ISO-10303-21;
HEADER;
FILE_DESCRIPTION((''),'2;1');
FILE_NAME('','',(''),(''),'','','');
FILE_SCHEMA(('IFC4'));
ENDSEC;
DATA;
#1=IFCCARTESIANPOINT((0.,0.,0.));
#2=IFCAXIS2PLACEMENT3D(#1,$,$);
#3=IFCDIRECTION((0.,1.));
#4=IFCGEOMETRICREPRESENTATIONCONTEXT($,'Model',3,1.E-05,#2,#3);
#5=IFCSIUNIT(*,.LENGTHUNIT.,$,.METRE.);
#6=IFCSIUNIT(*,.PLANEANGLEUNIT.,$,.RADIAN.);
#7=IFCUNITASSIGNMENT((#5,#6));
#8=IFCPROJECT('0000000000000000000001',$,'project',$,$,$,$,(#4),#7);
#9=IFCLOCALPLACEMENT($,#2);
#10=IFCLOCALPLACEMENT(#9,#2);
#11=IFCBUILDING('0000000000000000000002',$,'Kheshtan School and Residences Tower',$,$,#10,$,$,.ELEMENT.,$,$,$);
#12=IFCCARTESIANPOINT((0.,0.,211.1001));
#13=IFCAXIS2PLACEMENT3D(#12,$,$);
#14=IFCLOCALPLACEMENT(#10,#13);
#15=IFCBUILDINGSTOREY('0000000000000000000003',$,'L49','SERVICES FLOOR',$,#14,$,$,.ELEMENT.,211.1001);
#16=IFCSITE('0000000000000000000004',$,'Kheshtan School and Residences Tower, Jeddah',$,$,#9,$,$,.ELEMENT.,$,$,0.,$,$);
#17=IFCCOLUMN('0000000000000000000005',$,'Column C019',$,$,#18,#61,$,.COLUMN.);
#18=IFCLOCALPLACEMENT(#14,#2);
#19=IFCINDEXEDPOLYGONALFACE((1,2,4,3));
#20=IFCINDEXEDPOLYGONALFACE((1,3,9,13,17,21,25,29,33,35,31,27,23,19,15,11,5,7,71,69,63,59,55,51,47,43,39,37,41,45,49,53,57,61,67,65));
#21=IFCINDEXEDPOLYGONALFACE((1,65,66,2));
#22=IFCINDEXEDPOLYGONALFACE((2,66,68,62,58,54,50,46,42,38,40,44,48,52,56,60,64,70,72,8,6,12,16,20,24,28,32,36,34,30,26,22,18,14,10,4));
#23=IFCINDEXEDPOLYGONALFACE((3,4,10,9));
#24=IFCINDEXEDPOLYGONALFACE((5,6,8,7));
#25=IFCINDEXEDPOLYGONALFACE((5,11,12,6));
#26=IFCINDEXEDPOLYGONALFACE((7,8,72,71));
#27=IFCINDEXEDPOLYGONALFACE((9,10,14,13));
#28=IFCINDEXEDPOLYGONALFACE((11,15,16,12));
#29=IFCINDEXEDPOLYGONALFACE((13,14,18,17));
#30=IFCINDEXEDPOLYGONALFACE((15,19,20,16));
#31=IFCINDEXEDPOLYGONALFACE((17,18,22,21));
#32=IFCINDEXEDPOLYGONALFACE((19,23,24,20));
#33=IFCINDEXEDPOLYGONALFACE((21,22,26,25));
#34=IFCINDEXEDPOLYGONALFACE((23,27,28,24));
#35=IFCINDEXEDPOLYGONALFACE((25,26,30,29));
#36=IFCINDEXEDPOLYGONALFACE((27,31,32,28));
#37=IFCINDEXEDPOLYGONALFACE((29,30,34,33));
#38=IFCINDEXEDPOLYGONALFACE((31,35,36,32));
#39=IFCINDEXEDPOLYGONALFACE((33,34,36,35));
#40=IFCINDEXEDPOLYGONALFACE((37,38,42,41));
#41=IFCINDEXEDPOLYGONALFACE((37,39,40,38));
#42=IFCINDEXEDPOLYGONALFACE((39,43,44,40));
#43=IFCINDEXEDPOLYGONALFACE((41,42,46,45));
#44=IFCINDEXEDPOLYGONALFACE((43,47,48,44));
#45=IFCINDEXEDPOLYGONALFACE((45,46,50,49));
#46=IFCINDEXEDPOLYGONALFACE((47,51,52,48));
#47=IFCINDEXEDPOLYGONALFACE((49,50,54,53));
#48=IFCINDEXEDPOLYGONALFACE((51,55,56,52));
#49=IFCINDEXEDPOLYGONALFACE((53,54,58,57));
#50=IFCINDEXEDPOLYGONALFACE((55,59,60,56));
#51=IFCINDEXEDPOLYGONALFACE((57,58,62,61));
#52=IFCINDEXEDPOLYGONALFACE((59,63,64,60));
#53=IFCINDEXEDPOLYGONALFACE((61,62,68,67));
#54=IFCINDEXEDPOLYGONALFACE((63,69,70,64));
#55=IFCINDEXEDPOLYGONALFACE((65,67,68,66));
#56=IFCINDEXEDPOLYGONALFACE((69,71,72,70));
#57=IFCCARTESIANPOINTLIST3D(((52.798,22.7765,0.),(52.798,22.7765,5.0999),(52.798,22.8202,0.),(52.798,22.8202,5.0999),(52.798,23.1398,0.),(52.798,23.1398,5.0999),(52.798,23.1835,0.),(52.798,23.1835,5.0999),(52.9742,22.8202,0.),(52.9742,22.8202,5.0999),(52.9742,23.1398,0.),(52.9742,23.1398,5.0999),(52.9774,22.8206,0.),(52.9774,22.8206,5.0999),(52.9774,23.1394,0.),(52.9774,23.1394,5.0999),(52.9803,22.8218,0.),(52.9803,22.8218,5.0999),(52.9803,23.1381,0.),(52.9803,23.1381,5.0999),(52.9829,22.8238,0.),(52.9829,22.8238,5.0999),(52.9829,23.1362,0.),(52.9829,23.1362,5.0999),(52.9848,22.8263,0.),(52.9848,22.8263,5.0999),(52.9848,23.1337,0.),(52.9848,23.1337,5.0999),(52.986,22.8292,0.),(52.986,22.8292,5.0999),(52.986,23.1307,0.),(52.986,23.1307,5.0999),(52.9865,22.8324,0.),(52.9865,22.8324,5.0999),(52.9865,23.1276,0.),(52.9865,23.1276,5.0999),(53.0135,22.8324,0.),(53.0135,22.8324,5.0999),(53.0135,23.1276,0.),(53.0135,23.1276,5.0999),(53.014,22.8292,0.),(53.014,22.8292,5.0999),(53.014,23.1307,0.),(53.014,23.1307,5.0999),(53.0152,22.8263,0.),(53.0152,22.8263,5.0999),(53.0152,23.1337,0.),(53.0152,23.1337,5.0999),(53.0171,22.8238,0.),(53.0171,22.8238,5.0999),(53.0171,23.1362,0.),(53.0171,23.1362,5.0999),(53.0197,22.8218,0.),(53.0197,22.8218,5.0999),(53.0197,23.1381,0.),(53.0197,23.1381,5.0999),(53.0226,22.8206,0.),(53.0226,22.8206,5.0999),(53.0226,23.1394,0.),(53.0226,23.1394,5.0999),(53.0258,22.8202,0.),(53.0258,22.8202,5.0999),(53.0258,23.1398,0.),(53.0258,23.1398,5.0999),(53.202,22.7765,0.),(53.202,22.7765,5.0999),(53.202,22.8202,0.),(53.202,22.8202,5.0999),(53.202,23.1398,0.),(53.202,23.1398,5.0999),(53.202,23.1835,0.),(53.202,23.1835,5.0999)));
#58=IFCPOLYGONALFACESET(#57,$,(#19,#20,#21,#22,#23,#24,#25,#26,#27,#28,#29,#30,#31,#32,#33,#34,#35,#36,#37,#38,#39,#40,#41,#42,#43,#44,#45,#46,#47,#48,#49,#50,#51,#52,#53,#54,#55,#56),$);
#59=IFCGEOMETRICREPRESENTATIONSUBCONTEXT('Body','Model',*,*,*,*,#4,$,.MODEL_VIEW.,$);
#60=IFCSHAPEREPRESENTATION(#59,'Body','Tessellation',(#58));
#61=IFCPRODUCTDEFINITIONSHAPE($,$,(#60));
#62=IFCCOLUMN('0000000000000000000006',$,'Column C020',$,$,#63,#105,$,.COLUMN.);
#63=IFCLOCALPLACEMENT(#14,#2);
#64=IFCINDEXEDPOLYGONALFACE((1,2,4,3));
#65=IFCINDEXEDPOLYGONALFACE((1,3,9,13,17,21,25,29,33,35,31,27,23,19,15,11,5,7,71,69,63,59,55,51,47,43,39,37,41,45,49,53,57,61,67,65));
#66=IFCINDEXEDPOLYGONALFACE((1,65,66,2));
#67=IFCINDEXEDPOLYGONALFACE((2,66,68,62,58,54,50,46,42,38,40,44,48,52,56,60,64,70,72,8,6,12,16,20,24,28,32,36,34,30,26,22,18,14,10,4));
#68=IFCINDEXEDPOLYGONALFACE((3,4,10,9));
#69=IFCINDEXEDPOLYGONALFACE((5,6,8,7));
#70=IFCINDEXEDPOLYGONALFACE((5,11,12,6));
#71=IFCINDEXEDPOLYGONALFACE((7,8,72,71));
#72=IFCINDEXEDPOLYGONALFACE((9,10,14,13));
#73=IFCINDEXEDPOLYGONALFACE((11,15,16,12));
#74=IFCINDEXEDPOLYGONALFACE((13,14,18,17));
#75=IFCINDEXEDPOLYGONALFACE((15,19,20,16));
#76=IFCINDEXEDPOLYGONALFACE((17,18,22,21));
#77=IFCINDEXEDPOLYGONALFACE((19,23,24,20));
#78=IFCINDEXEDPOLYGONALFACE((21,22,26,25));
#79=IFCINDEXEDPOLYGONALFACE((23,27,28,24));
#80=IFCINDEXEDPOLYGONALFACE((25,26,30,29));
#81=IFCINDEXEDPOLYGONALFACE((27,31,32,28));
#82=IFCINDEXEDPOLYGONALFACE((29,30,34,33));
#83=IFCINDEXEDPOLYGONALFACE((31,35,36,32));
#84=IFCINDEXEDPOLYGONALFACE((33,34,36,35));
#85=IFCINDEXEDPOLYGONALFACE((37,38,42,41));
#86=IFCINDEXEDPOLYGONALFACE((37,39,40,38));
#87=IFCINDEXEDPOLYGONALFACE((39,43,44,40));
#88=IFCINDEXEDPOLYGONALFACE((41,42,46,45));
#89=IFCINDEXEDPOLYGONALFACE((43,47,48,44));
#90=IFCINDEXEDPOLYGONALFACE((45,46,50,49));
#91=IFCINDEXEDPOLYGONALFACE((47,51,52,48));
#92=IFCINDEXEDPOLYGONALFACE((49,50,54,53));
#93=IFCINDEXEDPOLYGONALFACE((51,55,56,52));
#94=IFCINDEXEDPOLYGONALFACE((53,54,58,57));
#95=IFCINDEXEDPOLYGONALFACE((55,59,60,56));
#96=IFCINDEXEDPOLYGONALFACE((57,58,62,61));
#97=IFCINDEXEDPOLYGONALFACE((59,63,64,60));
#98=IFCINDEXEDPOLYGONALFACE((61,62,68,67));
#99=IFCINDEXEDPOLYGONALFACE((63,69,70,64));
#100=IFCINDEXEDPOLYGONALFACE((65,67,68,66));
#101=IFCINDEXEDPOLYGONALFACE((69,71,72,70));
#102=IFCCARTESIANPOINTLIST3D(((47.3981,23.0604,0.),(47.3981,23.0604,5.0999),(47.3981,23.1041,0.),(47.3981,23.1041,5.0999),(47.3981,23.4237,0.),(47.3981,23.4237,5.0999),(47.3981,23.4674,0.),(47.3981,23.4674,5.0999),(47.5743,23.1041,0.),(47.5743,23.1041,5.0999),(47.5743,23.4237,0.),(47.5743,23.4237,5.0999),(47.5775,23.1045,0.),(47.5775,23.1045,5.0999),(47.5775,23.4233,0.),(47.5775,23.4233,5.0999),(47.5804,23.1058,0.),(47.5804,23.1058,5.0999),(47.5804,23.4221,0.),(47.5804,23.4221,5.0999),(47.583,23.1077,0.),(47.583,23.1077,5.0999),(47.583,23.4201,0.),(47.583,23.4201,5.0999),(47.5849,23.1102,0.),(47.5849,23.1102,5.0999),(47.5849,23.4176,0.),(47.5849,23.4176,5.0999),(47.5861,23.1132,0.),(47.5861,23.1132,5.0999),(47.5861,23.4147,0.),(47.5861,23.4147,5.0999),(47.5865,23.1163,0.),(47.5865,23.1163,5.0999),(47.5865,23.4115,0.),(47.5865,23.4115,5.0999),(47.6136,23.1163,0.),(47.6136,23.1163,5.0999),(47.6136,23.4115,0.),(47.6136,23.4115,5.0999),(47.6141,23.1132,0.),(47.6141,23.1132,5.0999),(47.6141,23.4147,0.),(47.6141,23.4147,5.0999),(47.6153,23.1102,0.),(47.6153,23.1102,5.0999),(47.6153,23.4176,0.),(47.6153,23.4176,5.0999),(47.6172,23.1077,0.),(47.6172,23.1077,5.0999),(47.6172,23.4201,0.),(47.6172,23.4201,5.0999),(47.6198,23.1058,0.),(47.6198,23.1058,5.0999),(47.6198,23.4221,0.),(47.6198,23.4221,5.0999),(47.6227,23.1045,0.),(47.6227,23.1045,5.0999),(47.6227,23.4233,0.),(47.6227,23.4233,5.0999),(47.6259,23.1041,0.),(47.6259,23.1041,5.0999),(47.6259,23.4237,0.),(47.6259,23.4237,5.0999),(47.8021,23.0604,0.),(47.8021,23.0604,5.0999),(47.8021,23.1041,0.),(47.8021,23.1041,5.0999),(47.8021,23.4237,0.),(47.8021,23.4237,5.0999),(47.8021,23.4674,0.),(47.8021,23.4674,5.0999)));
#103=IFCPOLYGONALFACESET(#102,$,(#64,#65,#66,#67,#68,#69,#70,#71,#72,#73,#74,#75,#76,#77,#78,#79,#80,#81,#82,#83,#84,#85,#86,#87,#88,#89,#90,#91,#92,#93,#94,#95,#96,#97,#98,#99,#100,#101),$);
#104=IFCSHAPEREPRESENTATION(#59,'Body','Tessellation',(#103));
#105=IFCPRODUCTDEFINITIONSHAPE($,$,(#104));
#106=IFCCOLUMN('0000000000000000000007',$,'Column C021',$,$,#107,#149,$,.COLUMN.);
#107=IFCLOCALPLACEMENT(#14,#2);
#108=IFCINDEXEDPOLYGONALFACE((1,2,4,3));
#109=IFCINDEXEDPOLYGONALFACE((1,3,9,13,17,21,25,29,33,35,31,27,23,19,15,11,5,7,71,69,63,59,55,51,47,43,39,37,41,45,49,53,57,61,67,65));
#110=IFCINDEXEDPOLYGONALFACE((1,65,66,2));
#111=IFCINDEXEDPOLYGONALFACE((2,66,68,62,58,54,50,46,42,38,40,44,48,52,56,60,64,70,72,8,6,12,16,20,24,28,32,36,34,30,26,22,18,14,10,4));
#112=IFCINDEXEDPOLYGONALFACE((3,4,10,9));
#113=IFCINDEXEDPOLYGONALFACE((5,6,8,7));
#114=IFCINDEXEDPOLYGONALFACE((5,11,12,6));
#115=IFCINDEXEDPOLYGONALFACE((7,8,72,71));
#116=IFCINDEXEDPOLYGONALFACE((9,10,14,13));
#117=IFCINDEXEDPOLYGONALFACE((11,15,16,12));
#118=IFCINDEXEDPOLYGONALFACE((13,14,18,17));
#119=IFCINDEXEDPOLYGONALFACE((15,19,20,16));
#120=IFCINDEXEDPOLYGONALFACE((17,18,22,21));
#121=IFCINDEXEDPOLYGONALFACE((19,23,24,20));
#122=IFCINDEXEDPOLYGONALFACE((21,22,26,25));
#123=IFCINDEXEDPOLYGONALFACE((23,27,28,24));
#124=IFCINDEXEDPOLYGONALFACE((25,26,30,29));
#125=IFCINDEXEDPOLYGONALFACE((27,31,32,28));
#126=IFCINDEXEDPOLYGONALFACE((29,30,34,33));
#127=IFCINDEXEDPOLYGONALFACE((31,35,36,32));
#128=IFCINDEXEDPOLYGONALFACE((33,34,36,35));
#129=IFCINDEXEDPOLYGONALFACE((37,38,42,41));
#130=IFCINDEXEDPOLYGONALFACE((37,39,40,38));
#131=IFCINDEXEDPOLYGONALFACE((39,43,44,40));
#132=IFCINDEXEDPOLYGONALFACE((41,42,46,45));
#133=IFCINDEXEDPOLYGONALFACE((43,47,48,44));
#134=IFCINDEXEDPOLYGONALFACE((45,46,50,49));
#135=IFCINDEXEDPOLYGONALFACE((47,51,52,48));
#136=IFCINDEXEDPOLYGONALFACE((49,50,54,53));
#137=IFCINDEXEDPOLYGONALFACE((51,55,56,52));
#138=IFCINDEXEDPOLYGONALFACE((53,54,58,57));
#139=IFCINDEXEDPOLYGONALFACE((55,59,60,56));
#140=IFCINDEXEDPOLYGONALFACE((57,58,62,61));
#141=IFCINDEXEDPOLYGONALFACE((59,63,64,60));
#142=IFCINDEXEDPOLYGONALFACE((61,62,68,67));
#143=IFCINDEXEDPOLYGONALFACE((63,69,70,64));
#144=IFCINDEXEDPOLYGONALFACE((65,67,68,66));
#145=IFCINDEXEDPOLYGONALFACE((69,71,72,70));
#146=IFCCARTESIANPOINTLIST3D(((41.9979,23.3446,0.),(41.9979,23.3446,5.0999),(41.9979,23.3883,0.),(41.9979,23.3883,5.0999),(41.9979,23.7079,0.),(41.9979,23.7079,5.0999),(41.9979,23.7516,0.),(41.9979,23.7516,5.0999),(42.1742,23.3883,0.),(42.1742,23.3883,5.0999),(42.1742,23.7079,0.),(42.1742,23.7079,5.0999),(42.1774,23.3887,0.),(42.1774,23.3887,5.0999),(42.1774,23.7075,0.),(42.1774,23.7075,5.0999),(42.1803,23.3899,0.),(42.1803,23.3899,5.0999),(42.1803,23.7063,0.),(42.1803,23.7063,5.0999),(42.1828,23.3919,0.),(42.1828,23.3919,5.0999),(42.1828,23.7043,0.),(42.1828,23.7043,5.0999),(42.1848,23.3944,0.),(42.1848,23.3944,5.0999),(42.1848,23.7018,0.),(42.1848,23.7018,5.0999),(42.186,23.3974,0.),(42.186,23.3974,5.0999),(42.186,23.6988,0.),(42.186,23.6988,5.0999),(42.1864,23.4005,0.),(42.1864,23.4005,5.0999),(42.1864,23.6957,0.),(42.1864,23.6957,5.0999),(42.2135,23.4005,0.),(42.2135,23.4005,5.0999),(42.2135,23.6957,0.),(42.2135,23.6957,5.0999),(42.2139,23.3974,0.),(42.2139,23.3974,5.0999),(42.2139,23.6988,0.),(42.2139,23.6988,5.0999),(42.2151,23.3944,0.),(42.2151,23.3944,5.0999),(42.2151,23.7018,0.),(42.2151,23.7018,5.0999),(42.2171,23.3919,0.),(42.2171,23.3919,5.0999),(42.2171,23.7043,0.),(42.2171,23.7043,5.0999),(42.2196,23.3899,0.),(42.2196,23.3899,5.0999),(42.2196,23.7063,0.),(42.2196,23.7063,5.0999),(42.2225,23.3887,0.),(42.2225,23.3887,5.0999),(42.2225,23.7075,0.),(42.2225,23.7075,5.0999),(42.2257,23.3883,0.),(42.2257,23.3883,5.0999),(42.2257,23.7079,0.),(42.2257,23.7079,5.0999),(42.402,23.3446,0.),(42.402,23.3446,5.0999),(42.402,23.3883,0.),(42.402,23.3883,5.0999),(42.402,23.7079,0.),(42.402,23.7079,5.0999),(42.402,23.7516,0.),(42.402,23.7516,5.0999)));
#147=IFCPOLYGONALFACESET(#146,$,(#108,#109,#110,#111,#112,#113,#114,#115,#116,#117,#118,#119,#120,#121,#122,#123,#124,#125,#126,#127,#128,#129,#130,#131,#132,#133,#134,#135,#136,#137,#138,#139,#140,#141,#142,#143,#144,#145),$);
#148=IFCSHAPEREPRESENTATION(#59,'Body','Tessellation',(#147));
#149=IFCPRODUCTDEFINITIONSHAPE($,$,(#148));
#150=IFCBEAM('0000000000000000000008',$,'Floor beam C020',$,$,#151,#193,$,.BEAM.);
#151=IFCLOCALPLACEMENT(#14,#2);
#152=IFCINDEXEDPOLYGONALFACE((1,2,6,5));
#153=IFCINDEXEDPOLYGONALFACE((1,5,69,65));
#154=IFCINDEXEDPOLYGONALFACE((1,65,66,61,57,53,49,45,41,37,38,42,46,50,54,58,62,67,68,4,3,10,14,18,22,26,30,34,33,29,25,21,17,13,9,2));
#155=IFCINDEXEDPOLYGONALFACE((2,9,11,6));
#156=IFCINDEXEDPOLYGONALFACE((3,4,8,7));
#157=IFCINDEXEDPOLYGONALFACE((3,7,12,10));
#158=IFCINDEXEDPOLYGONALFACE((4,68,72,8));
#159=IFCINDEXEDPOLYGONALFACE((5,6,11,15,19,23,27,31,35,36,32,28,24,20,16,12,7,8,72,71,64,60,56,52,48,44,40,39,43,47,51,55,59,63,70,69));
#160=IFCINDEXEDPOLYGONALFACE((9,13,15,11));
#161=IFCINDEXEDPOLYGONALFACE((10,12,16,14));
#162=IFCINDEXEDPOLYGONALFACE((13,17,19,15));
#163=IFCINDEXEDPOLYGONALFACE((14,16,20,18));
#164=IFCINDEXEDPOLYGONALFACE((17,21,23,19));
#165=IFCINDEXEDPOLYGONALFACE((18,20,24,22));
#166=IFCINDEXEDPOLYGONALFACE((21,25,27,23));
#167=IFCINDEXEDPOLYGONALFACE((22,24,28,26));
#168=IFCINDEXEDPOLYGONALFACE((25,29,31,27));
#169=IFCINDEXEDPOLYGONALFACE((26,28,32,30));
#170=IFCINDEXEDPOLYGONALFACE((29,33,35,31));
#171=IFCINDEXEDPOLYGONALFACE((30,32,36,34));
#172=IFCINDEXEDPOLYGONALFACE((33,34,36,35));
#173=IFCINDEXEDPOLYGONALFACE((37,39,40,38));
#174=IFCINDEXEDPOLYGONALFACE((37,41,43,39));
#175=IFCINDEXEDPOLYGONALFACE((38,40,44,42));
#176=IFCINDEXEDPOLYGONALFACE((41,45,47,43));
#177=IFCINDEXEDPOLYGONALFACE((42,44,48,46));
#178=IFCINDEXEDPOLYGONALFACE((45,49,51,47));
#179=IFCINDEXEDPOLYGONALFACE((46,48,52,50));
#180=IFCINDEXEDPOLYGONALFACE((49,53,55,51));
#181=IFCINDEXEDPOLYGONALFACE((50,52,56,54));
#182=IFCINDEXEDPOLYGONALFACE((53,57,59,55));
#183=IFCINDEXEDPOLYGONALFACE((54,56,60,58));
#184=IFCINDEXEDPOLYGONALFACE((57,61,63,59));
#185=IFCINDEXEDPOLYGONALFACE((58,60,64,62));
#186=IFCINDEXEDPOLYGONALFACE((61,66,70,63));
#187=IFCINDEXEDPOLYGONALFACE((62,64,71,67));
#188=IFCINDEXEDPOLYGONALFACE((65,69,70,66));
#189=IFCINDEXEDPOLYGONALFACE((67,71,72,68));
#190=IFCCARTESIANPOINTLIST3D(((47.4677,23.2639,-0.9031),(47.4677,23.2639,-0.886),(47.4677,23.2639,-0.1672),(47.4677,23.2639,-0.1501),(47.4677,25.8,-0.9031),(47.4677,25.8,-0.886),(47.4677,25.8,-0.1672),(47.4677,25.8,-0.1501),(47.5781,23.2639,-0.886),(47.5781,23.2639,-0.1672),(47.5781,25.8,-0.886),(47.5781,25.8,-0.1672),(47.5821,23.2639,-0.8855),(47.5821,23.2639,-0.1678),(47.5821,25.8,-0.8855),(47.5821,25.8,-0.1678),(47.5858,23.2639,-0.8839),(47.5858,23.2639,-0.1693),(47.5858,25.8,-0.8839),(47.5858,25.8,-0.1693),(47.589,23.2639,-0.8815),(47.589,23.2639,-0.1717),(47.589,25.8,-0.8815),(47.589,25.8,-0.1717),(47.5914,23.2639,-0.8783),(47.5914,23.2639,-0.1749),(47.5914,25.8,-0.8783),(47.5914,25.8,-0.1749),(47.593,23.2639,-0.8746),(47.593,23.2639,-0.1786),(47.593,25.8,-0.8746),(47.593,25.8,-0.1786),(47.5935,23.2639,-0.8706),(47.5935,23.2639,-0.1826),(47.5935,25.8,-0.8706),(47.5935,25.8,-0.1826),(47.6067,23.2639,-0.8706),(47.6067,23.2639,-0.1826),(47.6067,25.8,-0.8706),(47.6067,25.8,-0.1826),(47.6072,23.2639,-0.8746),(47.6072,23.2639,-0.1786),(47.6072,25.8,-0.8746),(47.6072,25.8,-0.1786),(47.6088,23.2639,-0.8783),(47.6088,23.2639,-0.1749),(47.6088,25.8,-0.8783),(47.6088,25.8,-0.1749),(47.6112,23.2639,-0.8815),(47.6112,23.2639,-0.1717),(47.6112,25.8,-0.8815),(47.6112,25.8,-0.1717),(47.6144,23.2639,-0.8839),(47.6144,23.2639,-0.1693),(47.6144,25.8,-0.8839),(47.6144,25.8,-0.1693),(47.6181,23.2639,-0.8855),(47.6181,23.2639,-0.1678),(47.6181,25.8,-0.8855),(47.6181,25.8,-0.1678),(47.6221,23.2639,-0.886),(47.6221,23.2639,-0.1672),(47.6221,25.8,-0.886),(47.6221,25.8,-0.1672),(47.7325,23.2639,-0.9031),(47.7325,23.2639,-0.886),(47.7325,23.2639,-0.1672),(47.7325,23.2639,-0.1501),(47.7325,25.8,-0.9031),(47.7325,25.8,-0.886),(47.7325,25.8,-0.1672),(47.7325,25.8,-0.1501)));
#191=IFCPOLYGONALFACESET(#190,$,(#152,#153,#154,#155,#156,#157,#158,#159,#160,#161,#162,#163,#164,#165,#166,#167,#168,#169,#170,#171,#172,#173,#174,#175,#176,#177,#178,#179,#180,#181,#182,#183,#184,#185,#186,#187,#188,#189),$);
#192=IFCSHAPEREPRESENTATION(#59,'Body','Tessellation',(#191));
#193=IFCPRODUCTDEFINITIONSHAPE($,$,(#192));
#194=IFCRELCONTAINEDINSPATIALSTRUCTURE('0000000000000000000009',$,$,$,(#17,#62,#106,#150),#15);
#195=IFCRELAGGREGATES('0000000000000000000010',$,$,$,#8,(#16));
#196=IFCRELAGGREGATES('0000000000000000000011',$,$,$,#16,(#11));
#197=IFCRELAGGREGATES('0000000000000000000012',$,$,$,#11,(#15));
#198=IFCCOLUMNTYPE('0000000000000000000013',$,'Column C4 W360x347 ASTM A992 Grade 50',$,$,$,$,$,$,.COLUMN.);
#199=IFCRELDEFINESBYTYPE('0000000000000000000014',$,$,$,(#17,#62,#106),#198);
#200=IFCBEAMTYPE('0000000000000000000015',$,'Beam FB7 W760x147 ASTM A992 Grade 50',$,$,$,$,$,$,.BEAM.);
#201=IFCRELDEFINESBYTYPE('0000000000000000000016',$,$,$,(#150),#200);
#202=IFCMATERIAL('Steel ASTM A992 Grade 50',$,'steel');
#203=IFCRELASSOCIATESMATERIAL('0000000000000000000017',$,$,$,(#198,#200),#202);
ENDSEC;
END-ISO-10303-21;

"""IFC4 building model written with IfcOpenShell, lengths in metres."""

from ifc_helpers import new_model, si_unit, direction, frame, origin, origin_2d, place, context, subcontext, project, spatial, i_section, extrude, material, material_profile, profile_set, type_object, element, save


model = new_model("IFC4")

# Units and contexts
model_context = context("Model", 3, precision=1e-05, world=origin(), true_north=direction((0.0, 1.0)))
body_context = subcontext(model_context, "Body", "Model", "MODEL_VIEW")
ifc_project = project(units=[si_unit("LENGTHUNIT", "METRE"), si_unit("PLANEANGLEUNIT", "RADIAN")], contexts=[model_context])

# Site, building, storey
site_placement = place(None, origin())
site = spatial("IfcSite", under=ifc_project, at=site_placement, Name="Kheshtan School and Residences Tower, Jeddah", CompositionType="ELEMENT", RefElevation=0.0)
building_placement = place(site_placement, origin())
building = spatial("IfcBuilding", under=site, at=building_placement, Name="Kheshtan School and Residences Tower", CompositionType="ELEMENT")
storey_placement = place(building_placement, frame((0.0, 0.0, 211.1001)))
storey = spatial("IfcBuildingStorey", under=building, at=storey_placement, Name="L49", Description="SERVICES FLOOR", CompositionType="ELEMENT", Elevation=211.1001)

# Columns
ifc_material_1 = material(Name="Steel ASTM A992 Grade 50", Category="steel")
ifc_material_profile_1 = material_profile(ifc_material_1, i_section(OverallWidth=0.4041, OverallDepth=0.407, WebThickness=0.0271, FlangeThickness=0.0437, FilletRadius=0.0122, at=origin_2d()), Name="W360x347")
ifc_profile_set_1 = profile_set([ifc_material_profile_1], Name="Steel ASTM A992 Grade 50")
column_type = type_object("IfcColumnType", Name="Column C4 W360x347 ASTM A992 Grade 50", PredefinedType="COLUMN", material=ifc_profile_set_1)
for number, where, z_axis, x_axis, name in (
    (1, (53.0, 22.98, 0.0), (0.0, 0.0, 1.0), (1.0, 0.0, 0.0), "Column C019"),
    (2, (47.6001, 23.2639, 0.0), (0.0, 0.0, 1.0), (1.0, 0.0, 0.0), "Column C020"),
    (3, (42.2, 23.5481, 0.0), (0.0, 0.0, 1.0), (1.0, 0.0, 0.0), "Column C021"),
):
    element("IfcColumn", number, at=place(storey_placement, frame(where, z_axis=z_axis, x_axis=x_axis)), inside=storey, type_object=column_type, Name=name, PredefinedType="COLUMN", context=body_context, shape_type="SweptSolid", body=[
        extrude(i_section(OverallWidth=0.4041, OverallDepth=0.407, WebThickness=0.0271, FlangeThickness=0.0437, FilletRadius=0.0122, at=origin_2d()), origin(), (0.0, 0.0, 1.0), 5.0999),
    ])

# Beam
ifc_material_profile_2 = material_profile(ifc_material_1, i_section(OverallWidth=0.2649, OverallDepth=0.7529, WebThickness=0.0132, FlangeThickness=0.0171, FilletRadius=0.0154, at=origin_2d()), Name="W760x147")
ifc_profile_set_2 = profile_set([ifc_material_profile_2], Name="Steel ASTM A992 Grade 50")
beam_type_1 = type_object("IfcBeamType", Name="Beam FB7 W760x147 ASTM A992 Grade 50", PredefinedType="BEAM", material=ifc_profile_set_2)
beam_1_placement = place(storey_placement, frame((47.6001, 23.2639, -0.5266), z_axis=(0.0, 1.0, 0.0), x_axis=(-1.0, 0.0, 0.0)))
element("IfcBeam", 4, at=beam_1_placement, inside=storey, type_object=beam_type_1, Name="Floor beam C020", PredefinedType="BEAM", context=body_context, shape_type="SweptSolid", body=[
    extrude(i_section(OverallWidth=0.2649, OverallDepth=0.7529, WebThickness=0.0132, FlangeThickness=0.0171, FilletRadius=0.0154, at=origin_2d()), origin(), (0.0, 0.0, 1.0), 2.5361),
])

save(model, "model.ifc")
